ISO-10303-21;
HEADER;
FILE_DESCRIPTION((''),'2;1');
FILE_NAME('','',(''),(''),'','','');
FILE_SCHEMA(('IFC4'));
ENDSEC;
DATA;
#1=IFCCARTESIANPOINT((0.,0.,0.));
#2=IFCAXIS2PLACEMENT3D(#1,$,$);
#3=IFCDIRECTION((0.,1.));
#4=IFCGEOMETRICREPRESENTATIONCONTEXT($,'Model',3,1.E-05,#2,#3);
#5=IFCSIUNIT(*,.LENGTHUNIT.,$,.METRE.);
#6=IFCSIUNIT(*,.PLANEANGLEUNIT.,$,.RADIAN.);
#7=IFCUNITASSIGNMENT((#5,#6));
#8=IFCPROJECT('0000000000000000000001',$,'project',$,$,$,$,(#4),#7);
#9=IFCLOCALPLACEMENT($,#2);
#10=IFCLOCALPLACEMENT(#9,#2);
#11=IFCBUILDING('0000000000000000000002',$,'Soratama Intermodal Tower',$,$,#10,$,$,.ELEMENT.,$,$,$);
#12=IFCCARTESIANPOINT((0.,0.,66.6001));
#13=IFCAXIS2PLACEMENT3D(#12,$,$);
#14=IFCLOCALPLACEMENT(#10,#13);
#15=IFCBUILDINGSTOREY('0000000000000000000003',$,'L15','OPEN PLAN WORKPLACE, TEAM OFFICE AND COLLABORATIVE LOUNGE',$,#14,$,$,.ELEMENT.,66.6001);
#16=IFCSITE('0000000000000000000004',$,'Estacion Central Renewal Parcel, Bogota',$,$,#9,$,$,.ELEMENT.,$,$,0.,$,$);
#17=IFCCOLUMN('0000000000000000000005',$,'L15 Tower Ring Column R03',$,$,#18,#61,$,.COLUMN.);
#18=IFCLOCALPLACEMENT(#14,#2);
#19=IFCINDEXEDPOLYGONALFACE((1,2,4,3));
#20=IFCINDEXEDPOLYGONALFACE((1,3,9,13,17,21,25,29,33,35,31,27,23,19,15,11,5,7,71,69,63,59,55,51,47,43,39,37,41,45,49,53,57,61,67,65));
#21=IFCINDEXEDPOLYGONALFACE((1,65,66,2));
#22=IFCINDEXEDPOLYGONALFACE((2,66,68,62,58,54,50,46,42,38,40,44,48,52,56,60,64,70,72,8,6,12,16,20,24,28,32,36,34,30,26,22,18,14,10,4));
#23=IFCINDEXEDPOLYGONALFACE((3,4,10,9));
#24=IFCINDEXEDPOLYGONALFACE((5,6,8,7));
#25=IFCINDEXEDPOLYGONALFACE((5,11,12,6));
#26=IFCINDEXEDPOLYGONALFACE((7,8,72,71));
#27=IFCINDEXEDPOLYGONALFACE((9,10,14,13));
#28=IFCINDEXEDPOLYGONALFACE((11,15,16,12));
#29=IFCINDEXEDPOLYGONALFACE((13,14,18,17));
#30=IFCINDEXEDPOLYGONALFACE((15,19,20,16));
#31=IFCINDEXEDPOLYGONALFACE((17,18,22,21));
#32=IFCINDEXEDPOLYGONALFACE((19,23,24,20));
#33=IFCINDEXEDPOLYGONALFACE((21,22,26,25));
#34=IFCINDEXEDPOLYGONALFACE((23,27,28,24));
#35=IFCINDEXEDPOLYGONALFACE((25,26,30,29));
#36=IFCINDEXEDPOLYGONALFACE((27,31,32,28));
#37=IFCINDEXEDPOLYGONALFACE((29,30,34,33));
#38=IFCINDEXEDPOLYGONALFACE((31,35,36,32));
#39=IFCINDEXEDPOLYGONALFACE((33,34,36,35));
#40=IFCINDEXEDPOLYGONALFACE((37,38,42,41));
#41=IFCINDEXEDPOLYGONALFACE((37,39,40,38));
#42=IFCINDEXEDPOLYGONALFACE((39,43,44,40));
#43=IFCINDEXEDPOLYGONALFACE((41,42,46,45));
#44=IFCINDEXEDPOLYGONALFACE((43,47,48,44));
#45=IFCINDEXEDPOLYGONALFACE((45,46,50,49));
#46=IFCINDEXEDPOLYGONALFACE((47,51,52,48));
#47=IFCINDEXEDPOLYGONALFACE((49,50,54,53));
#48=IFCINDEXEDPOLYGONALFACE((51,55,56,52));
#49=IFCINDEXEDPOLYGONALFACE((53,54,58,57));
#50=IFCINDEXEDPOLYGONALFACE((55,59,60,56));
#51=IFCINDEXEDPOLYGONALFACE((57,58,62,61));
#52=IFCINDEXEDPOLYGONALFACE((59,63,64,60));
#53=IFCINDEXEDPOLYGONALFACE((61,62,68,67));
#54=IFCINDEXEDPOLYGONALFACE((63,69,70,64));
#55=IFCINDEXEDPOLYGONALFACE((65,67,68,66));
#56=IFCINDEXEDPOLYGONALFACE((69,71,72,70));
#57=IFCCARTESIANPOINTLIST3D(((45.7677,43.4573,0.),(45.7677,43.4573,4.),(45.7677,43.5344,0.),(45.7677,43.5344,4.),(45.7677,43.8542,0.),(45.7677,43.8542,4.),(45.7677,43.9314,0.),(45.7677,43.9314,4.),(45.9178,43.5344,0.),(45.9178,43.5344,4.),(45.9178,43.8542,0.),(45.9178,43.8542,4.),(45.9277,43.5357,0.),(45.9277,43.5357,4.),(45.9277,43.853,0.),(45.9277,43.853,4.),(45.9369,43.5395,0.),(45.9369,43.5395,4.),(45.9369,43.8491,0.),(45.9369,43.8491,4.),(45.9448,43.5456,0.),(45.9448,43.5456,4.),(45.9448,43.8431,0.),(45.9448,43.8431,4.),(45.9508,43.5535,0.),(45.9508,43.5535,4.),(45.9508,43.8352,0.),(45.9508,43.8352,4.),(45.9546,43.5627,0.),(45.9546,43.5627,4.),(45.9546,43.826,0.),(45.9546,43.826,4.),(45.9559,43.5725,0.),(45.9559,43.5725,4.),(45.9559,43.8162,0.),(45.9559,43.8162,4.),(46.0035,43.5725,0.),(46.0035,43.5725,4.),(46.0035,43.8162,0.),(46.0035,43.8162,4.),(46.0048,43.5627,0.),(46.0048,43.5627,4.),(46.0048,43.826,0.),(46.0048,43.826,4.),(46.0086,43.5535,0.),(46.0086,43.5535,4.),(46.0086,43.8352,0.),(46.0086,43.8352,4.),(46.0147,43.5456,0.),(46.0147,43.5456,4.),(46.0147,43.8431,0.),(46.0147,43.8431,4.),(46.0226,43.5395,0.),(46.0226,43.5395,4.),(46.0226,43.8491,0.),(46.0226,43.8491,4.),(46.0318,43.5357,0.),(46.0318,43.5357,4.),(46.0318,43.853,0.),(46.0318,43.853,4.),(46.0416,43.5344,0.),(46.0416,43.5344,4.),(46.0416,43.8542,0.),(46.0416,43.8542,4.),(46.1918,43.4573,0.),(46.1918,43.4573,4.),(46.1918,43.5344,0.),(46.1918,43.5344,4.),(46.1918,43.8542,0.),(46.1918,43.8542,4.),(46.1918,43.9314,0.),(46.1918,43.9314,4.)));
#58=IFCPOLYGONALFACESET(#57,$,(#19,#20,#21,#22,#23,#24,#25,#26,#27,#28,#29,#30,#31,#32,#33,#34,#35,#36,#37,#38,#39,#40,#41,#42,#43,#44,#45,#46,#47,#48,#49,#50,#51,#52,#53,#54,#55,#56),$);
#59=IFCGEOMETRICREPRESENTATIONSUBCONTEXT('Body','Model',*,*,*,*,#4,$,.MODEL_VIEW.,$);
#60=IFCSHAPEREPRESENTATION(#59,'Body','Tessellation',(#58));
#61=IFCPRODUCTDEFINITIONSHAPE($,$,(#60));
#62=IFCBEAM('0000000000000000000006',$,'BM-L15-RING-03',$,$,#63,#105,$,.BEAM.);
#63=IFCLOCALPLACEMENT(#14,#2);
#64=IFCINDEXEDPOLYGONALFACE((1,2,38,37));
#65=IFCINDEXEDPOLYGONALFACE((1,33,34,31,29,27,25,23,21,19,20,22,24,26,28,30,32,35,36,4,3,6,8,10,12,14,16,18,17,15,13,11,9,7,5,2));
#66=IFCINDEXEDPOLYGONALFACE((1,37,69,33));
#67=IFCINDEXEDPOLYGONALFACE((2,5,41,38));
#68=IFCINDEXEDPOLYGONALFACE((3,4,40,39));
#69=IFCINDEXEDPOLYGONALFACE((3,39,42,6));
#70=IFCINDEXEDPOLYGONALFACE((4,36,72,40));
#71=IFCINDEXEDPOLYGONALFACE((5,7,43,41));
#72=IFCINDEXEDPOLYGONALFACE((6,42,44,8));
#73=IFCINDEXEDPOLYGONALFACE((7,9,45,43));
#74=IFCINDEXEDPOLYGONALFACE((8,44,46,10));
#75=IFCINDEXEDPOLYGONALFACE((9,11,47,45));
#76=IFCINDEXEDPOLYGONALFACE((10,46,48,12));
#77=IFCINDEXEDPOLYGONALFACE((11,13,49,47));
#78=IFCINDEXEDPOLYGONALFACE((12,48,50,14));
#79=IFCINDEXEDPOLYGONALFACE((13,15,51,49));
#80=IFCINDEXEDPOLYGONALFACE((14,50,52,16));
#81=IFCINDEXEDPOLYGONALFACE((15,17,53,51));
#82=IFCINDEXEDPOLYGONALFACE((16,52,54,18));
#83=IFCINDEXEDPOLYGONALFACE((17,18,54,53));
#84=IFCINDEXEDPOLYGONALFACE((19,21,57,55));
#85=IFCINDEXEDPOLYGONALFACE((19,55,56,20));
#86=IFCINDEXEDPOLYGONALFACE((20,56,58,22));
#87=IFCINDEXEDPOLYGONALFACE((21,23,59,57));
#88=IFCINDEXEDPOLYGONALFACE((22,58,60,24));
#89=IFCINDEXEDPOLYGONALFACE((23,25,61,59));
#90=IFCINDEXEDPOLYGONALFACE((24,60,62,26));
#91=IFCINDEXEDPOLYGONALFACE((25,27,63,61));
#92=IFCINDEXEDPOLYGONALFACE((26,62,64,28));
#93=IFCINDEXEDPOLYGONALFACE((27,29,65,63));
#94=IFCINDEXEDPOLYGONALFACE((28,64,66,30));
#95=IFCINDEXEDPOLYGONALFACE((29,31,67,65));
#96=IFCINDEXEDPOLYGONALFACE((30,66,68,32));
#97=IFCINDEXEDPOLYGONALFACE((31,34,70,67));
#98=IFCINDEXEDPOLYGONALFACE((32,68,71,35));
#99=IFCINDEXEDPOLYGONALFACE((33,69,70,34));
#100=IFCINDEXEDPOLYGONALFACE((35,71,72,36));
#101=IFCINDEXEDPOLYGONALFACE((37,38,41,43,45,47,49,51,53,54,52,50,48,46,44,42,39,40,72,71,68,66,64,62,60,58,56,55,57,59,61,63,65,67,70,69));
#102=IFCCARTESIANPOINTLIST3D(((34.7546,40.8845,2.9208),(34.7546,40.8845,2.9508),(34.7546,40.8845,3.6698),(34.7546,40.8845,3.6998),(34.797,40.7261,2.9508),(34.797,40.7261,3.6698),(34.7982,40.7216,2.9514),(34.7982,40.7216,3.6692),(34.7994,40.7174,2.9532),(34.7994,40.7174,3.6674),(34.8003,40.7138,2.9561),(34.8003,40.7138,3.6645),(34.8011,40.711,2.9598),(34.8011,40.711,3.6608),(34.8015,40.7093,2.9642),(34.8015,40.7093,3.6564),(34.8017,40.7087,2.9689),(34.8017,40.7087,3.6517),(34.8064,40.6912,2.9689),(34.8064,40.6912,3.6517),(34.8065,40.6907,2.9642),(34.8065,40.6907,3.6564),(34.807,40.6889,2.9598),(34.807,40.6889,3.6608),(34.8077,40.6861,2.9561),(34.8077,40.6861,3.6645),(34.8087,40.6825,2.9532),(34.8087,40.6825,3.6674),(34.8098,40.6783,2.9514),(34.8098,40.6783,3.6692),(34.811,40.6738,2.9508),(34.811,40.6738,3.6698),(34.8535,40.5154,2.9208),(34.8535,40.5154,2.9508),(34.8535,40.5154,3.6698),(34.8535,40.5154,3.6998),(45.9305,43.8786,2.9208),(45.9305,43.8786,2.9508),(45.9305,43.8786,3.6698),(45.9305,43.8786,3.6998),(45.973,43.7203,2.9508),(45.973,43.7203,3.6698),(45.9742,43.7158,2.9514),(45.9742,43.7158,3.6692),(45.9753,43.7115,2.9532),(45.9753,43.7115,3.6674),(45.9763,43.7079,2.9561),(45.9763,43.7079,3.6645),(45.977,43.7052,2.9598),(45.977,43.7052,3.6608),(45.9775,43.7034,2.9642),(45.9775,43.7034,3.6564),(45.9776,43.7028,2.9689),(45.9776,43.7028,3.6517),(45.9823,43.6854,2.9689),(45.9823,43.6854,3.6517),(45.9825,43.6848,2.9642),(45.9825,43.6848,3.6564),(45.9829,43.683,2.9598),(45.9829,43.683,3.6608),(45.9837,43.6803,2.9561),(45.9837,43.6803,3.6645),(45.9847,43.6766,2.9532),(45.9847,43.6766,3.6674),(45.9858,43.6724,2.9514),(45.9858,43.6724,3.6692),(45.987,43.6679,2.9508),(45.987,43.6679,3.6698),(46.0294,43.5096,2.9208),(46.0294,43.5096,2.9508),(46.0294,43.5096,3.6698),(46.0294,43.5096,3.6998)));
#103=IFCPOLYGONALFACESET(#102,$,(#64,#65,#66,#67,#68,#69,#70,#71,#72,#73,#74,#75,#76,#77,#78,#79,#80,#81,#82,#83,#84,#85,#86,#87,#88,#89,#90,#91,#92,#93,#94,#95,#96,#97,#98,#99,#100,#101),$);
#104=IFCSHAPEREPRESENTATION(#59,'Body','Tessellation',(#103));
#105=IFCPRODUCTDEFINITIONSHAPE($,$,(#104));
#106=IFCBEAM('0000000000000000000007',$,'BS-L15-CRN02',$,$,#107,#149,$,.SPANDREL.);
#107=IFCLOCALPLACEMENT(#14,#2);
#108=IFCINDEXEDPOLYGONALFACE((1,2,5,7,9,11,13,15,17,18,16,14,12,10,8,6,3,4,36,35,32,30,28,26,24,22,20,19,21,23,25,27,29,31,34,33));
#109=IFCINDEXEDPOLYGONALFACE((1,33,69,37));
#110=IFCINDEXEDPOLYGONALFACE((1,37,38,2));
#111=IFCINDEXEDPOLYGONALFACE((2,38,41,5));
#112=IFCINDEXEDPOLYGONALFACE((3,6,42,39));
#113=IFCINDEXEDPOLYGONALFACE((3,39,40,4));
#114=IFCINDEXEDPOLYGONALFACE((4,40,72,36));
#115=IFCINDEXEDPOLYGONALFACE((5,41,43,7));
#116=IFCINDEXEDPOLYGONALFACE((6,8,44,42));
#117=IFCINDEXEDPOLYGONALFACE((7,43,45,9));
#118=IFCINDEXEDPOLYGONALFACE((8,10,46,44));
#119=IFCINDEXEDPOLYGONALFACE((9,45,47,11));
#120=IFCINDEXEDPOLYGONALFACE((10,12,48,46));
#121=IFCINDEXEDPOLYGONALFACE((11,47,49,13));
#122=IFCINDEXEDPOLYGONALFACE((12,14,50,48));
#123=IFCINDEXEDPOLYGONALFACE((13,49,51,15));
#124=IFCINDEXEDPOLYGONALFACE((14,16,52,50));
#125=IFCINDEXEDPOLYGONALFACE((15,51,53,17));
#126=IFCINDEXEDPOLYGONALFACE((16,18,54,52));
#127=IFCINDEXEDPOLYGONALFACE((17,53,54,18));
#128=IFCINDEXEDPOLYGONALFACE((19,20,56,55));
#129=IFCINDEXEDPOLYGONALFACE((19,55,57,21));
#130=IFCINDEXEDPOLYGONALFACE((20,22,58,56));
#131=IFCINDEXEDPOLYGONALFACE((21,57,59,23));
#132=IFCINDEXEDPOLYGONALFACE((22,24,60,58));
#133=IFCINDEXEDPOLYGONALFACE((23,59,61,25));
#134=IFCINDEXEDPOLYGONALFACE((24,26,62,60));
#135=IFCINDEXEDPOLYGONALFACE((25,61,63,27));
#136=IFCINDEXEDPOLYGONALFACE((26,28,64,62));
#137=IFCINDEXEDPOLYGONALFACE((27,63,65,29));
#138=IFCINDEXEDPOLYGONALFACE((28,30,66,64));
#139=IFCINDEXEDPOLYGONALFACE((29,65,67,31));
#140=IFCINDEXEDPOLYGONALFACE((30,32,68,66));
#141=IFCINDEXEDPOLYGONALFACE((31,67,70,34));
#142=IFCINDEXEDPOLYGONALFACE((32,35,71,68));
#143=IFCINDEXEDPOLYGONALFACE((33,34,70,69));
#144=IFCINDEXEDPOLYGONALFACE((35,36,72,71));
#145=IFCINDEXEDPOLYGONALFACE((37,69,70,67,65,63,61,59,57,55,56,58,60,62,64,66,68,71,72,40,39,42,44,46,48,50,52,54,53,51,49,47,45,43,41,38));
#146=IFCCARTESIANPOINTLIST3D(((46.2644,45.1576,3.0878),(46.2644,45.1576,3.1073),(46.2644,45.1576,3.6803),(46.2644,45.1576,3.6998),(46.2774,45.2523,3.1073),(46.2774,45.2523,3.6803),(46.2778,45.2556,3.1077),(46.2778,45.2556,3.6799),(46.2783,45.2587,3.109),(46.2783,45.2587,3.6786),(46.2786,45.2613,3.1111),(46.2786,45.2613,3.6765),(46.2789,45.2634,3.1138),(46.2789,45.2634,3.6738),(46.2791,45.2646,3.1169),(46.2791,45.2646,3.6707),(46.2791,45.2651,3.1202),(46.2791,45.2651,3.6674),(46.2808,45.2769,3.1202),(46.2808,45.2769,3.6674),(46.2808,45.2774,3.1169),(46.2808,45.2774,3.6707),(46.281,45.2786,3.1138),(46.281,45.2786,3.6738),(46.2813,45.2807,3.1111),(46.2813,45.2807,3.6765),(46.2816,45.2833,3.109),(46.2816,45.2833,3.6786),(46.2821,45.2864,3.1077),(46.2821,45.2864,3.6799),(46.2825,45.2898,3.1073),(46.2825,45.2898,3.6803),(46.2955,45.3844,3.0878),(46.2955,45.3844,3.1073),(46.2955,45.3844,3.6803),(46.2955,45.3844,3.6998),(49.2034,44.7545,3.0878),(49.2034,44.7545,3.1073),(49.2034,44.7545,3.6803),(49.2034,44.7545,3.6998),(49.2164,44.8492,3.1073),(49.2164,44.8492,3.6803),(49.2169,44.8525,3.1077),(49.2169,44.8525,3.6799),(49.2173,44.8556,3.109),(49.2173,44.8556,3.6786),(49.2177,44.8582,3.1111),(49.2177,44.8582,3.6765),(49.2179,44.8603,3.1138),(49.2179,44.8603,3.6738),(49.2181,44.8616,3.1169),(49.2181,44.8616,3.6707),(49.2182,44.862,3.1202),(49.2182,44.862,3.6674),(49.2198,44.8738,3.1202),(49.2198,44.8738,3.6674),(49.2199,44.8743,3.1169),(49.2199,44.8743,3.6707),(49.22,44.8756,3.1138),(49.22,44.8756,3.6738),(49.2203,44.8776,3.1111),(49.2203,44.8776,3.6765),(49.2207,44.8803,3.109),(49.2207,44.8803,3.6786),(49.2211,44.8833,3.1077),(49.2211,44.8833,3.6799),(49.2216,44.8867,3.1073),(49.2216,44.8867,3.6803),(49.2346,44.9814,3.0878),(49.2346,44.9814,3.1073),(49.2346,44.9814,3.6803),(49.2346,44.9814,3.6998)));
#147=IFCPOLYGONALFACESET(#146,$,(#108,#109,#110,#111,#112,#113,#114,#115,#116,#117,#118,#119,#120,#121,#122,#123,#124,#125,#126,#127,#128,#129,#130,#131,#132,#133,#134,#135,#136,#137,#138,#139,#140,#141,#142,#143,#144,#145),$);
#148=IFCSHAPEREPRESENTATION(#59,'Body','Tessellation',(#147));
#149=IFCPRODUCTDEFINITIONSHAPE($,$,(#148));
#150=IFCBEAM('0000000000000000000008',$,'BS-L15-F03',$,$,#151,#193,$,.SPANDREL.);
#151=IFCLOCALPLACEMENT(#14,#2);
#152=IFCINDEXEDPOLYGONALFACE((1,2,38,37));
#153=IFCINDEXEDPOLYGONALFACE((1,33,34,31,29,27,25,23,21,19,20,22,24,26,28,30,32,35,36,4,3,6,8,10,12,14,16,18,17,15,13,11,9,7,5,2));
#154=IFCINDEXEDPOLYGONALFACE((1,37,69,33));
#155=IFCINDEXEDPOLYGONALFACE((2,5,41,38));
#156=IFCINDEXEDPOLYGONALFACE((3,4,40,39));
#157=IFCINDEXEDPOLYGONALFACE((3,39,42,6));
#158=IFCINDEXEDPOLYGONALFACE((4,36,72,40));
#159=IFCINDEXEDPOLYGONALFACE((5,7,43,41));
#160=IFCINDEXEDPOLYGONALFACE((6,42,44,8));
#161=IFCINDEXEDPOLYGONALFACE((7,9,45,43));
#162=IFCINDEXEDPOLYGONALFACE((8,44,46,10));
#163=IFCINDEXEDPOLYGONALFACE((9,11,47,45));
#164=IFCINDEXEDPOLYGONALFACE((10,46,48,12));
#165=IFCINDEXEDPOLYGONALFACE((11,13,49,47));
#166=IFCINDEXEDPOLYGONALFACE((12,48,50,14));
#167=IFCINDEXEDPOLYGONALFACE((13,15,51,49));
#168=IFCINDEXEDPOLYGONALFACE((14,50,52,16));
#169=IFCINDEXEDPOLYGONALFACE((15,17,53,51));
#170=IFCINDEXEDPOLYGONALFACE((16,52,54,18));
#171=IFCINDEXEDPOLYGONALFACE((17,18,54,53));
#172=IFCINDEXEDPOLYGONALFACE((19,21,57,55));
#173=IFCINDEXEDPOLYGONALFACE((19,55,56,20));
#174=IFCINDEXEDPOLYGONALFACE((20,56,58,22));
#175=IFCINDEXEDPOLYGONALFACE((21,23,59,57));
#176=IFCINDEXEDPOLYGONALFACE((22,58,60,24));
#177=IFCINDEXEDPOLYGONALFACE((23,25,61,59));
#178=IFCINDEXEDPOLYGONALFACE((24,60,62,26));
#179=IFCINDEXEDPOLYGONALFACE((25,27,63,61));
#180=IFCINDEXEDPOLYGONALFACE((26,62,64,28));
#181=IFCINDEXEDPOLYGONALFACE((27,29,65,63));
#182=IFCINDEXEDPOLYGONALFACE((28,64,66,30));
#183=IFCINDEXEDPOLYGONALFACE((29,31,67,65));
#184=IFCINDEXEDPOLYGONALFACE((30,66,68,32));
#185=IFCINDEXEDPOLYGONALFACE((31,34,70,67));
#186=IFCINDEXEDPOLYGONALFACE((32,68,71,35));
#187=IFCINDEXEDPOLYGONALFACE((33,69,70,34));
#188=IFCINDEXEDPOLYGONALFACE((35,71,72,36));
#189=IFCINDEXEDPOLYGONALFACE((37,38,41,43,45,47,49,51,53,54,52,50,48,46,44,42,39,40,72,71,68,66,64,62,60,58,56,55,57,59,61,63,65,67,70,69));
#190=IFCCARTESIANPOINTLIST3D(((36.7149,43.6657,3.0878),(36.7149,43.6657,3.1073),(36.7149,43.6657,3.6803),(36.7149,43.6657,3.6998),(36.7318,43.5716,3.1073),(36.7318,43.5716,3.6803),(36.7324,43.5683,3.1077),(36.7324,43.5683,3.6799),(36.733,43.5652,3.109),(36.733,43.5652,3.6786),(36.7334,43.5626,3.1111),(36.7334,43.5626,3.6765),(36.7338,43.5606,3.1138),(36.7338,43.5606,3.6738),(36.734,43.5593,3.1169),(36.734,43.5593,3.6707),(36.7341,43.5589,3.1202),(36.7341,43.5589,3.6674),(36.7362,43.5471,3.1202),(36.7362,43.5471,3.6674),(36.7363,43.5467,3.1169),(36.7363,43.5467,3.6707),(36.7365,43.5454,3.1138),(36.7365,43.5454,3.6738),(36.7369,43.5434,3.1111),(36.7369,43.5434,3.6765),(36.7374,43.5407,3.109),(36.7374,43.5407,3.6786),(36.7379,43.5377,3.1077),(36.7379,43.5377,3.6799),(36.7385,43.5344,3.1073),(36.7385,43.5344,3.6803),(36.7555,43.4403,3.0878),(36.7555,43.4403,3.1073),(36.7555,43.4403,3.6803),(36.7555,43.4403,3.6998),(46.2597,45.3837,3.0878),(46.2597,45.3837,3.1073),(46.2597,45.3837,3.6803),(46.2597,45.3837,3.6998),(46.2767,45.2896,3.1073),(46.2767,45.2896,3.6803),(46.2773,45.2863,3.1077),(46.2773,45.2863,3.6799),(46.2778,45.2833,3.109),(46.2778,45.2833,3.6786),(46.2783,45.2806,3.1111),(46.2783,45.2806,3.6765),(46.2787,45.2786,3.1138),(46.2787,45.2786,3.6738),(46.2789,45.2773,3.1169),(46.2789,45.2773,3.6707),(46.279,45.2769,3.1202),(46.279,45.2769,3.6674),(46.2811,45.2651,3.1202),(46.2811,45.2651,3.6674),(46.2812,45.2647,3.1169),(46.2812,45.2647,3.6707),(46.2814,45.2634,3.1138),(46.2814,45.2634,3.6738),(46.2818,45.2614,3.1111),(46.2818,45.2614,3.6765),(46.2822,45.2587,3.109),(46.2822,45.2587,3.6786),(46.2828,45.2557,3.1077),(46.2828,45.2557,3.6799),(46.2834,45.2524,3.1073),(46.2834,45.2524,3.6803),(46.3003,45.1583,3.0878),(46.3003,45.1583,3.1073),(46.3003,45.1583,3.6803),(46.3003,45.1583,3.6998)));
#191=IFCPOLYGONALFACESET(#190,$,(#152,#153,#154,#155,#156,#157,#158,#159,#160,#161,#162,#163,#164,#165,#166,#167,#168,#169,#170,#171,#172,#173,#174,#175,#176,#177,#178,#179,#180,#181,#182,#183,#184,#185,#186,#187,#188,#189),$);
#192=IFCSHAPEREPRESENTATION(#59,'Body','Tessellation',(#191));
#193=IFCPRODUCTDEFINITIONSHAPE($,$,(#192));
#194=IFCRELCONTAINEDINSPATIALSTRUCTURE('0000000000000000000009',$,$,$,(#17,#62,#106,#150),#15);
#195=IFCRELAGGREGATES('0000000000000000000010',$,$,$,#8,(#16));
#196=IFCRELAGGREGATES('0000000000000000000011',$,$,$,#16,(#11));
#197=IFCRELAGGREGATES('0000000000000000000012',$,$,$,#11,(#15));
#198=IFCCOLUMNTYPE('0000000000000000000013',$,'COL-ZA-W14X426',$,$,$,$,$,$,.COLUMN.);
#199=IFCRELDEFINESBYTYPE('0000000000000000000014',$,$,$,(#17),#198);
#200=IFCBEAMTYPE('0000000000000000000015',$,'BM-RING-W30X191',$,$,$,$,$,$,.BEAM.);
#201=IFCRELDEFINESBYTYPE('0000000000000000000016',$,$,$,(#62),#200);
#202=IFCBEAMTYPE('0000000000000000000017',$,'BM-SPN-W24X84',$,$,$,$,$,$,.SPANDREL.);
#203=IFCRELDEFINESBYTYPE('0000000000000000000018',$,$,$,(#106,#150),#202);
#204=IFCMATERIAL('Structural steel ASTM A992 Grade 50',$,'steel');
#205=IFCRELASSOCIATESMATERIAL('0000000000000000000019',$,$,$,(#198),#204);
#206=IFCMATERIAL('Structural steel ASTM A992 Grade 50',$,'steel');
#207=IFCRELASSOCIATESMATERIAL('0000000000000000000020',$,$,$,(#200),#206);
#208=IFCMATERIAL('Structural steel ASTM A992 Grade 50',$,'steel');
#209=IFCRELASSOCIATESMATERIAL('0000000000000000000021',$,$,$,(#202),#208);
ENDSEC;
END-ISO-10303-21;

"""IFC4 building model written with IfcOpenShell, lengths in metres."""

from ifc_helpers import new_model, si_unit, direction, frame, origin, origin_2d, place, context, subcontext, project, spatial, i_section, extrude, material, material_profile, profile_set, type_object, element, save


model = new_model("IFC4")

# Units and contexts
model_context = context("Model", 3, precision=1e-05, world=origin(), true_north=direction((0.0, 1.0)))
body_context = subcontext(model_context, "Body", "Model", "MODEL_VIEW")
ifc_project = project(units=[si_unit("LENGTHUNIT", "METRE"), si_unit("PLANEANGLEUNIT", "RADIAN")], contexts=[model_context])

# Site, building, storey
site_placement = place(None, origin())
site = spatial("IfcSite", under=ifc_project, at=site_placement, Name="Estacion Central Renewal Parcel, Bogota", CompositionType="ELEMENT", RefElevation=0.0)
building_placement = place(site_placement, origin())
building = spatial("IfcBuilding", under=site, at=building_placement, Name="Soratama Intermodal Tower", CompositionType="ELEMENT")
storey_placement = place(building_placement, frame((0.0, 0.0, 66.6001)))
storey = spatial("IfcBuildingStorey", under=building, at=storey_placement, Name="L15", Description="OPEN PLAN WORKPLACE, TEAM OFFICE AND COLLABORATIVE LOUNGE", CompositionType="ELEMENT", Elevation=66.6001)

# Column
ifc_material_1 = material(Name="Structural steel ASTM A992 Grade 50", Category="steel")
ifc_material_profile_1 = material_profile(ifc_material_1, i_section(OverallWidth=0.4241, OverallDepth=0.4741, WebThickness=0.0476, FlangeThickness=0.0771, FilletRadius=0.0381, at=origin_2d()), Name="W14X426")
ifc_profile_set_1 = profile_set([ifc_material_profile_1], Name="Structural steel ASTM A992 Grade 50")
column_type = type_object("IfcColumnType", Name="COL-ZA-W14X426", PredefinedType="COLUMN", material=ifc_profile_set_1)
column_placement = place(storey_placement, frame((45.9797, 43.6943, 0.0), z_axis=(0.0, 0.0, 1.0), x_axis=(1.0, 0.0, 0.0)))
element("IfcColumn", 1, at=column_placement, inside=storey, type_object=column_type, Name="L15 Tower Ring Column R03", PredefinedType="COLUMN", context=body_context, shape_type="SweptSolid", body=[
    extrude(i_section(OverallWidth=0.4241, OverallDepth=0.4741, WebThickness=0.0476, FlangeThickness=0.0771, FilletRadius=0.0381, at=origin_2d()), origin(), (0.0, 0.0, 1.0), 4.0),
])

# Beams
ifc_material_2 = material(Name="Structural steel ASTM A992 Grade 50", Category="steel")
ifc_material_profile_2 = material_profile(ifc_material_2, i_section(OverallWidth=0.3821, OverallDepth=0.7791, WebThickness=0.0181, FlangeThickness=0.03, FilletRadius=0.0181, at=origin_2d()), Name="W30X191")
ifc_profile_set_2 = profile_set([ifc_material_profile_2], Name="Structural steel ASTM A992 Grade 50")
beam_type_1 = type_object("IfcBeamType", Name="BM-RING-W30X191", PredefinedType="BEAM", material=ifc_profile_set_2)
beam_1_placement = place(storey_placement, frame((45.98, 43.6941, 3.3103), z_axis=(-0.965936, -0.258781, 0.0), x_axis=(0.258781, -0.965936, 0.0)))
element("IfcBeam", 2, at=beam_1_placement, inside=storey, type_object=beam_type_1, Name="BM-L15-RING-03", PredefinedType="BEAM", context=body_context, shape_type="SweptSolid", body=[
    extrude(i_section(OverallWidth=0.3821, OverallDepth=0.7791, WebThickness=0.0181, FlangeThickness=0.03, FilletRadius=0.0181, at=origin_2d()), origin(), (0.0, 0.0, 1.0), 11.5701),
])
ifc_material_3 = material(Name="Structural steel ASTM A992 Grade 50", Category="steel")
ifc_material_profile_3 = material_profile(ifc_material_3, i_section(OverallWidth=0.229, OverallDepth=0.6121, WebThickness=0.012, FlangeThickness=0.0195, FilletRadius=0.0129, at=origin_2d()), Name="W24X84")
ifc_profile_set_3 = profile_set([ifc_material_profile_3], Name="Structural steel ASTM A992 Grade 50")
beam_type_2 = type_object("IfcBeamType", Name="BM-SPN-W24X84", PredefinedType="SPANDREL", material=ifc_profile_set_3)
beam_2_placement = place(storey_placement, frame((49.219, 44.8679, 3.3938), z_axis=(-0.990726, 0.135877, 0.0), x_axis=(-0.135877, -0.990726, 0.0)))
element("IfcBeam", 3, at=beam_2_placement, inside=storey, type_object=beam_type_2, Name="BS-L15-CRN02", PredefinedType="SPANDREL", context=body_context, shape_type="SweptSolid", body=[
    extrude(i_section(OverallWidth=0.229, OverallDepth=0.6121, WebThickness=0.012, FlangeThickness=0.0195, FilletRadius=0.0129, at=origin_2d()), origin(), (0.0, 0.0, 1.0), 2.9666),
])
beam_3_placement = place(storey_placement, frame((46.28, 45.271, 3.3938), z_axis=(-0.984185, -0.177146, 0.0), x_axis=(0.177146, -0.984185, 0.0)))
element("IfcBeam", 4, at=beam_3_placement, inside=storey, type_object=beam_type_2, Name="BS-L15-F03", PredefinedType="SPANDREL", context=body_context, shape_type="SweptSolid", body=[
    extrude(i_section(OverallWidth=0.229, OverallDepth=0.6121, WebThickness=0.012, FlangeThickness=0.0195, FilletRadius=0.0129, at=origin_2d()), origin(), (0.0, 0.0, 1.0), 9.6982),
])

save(model, "model.ifc")
